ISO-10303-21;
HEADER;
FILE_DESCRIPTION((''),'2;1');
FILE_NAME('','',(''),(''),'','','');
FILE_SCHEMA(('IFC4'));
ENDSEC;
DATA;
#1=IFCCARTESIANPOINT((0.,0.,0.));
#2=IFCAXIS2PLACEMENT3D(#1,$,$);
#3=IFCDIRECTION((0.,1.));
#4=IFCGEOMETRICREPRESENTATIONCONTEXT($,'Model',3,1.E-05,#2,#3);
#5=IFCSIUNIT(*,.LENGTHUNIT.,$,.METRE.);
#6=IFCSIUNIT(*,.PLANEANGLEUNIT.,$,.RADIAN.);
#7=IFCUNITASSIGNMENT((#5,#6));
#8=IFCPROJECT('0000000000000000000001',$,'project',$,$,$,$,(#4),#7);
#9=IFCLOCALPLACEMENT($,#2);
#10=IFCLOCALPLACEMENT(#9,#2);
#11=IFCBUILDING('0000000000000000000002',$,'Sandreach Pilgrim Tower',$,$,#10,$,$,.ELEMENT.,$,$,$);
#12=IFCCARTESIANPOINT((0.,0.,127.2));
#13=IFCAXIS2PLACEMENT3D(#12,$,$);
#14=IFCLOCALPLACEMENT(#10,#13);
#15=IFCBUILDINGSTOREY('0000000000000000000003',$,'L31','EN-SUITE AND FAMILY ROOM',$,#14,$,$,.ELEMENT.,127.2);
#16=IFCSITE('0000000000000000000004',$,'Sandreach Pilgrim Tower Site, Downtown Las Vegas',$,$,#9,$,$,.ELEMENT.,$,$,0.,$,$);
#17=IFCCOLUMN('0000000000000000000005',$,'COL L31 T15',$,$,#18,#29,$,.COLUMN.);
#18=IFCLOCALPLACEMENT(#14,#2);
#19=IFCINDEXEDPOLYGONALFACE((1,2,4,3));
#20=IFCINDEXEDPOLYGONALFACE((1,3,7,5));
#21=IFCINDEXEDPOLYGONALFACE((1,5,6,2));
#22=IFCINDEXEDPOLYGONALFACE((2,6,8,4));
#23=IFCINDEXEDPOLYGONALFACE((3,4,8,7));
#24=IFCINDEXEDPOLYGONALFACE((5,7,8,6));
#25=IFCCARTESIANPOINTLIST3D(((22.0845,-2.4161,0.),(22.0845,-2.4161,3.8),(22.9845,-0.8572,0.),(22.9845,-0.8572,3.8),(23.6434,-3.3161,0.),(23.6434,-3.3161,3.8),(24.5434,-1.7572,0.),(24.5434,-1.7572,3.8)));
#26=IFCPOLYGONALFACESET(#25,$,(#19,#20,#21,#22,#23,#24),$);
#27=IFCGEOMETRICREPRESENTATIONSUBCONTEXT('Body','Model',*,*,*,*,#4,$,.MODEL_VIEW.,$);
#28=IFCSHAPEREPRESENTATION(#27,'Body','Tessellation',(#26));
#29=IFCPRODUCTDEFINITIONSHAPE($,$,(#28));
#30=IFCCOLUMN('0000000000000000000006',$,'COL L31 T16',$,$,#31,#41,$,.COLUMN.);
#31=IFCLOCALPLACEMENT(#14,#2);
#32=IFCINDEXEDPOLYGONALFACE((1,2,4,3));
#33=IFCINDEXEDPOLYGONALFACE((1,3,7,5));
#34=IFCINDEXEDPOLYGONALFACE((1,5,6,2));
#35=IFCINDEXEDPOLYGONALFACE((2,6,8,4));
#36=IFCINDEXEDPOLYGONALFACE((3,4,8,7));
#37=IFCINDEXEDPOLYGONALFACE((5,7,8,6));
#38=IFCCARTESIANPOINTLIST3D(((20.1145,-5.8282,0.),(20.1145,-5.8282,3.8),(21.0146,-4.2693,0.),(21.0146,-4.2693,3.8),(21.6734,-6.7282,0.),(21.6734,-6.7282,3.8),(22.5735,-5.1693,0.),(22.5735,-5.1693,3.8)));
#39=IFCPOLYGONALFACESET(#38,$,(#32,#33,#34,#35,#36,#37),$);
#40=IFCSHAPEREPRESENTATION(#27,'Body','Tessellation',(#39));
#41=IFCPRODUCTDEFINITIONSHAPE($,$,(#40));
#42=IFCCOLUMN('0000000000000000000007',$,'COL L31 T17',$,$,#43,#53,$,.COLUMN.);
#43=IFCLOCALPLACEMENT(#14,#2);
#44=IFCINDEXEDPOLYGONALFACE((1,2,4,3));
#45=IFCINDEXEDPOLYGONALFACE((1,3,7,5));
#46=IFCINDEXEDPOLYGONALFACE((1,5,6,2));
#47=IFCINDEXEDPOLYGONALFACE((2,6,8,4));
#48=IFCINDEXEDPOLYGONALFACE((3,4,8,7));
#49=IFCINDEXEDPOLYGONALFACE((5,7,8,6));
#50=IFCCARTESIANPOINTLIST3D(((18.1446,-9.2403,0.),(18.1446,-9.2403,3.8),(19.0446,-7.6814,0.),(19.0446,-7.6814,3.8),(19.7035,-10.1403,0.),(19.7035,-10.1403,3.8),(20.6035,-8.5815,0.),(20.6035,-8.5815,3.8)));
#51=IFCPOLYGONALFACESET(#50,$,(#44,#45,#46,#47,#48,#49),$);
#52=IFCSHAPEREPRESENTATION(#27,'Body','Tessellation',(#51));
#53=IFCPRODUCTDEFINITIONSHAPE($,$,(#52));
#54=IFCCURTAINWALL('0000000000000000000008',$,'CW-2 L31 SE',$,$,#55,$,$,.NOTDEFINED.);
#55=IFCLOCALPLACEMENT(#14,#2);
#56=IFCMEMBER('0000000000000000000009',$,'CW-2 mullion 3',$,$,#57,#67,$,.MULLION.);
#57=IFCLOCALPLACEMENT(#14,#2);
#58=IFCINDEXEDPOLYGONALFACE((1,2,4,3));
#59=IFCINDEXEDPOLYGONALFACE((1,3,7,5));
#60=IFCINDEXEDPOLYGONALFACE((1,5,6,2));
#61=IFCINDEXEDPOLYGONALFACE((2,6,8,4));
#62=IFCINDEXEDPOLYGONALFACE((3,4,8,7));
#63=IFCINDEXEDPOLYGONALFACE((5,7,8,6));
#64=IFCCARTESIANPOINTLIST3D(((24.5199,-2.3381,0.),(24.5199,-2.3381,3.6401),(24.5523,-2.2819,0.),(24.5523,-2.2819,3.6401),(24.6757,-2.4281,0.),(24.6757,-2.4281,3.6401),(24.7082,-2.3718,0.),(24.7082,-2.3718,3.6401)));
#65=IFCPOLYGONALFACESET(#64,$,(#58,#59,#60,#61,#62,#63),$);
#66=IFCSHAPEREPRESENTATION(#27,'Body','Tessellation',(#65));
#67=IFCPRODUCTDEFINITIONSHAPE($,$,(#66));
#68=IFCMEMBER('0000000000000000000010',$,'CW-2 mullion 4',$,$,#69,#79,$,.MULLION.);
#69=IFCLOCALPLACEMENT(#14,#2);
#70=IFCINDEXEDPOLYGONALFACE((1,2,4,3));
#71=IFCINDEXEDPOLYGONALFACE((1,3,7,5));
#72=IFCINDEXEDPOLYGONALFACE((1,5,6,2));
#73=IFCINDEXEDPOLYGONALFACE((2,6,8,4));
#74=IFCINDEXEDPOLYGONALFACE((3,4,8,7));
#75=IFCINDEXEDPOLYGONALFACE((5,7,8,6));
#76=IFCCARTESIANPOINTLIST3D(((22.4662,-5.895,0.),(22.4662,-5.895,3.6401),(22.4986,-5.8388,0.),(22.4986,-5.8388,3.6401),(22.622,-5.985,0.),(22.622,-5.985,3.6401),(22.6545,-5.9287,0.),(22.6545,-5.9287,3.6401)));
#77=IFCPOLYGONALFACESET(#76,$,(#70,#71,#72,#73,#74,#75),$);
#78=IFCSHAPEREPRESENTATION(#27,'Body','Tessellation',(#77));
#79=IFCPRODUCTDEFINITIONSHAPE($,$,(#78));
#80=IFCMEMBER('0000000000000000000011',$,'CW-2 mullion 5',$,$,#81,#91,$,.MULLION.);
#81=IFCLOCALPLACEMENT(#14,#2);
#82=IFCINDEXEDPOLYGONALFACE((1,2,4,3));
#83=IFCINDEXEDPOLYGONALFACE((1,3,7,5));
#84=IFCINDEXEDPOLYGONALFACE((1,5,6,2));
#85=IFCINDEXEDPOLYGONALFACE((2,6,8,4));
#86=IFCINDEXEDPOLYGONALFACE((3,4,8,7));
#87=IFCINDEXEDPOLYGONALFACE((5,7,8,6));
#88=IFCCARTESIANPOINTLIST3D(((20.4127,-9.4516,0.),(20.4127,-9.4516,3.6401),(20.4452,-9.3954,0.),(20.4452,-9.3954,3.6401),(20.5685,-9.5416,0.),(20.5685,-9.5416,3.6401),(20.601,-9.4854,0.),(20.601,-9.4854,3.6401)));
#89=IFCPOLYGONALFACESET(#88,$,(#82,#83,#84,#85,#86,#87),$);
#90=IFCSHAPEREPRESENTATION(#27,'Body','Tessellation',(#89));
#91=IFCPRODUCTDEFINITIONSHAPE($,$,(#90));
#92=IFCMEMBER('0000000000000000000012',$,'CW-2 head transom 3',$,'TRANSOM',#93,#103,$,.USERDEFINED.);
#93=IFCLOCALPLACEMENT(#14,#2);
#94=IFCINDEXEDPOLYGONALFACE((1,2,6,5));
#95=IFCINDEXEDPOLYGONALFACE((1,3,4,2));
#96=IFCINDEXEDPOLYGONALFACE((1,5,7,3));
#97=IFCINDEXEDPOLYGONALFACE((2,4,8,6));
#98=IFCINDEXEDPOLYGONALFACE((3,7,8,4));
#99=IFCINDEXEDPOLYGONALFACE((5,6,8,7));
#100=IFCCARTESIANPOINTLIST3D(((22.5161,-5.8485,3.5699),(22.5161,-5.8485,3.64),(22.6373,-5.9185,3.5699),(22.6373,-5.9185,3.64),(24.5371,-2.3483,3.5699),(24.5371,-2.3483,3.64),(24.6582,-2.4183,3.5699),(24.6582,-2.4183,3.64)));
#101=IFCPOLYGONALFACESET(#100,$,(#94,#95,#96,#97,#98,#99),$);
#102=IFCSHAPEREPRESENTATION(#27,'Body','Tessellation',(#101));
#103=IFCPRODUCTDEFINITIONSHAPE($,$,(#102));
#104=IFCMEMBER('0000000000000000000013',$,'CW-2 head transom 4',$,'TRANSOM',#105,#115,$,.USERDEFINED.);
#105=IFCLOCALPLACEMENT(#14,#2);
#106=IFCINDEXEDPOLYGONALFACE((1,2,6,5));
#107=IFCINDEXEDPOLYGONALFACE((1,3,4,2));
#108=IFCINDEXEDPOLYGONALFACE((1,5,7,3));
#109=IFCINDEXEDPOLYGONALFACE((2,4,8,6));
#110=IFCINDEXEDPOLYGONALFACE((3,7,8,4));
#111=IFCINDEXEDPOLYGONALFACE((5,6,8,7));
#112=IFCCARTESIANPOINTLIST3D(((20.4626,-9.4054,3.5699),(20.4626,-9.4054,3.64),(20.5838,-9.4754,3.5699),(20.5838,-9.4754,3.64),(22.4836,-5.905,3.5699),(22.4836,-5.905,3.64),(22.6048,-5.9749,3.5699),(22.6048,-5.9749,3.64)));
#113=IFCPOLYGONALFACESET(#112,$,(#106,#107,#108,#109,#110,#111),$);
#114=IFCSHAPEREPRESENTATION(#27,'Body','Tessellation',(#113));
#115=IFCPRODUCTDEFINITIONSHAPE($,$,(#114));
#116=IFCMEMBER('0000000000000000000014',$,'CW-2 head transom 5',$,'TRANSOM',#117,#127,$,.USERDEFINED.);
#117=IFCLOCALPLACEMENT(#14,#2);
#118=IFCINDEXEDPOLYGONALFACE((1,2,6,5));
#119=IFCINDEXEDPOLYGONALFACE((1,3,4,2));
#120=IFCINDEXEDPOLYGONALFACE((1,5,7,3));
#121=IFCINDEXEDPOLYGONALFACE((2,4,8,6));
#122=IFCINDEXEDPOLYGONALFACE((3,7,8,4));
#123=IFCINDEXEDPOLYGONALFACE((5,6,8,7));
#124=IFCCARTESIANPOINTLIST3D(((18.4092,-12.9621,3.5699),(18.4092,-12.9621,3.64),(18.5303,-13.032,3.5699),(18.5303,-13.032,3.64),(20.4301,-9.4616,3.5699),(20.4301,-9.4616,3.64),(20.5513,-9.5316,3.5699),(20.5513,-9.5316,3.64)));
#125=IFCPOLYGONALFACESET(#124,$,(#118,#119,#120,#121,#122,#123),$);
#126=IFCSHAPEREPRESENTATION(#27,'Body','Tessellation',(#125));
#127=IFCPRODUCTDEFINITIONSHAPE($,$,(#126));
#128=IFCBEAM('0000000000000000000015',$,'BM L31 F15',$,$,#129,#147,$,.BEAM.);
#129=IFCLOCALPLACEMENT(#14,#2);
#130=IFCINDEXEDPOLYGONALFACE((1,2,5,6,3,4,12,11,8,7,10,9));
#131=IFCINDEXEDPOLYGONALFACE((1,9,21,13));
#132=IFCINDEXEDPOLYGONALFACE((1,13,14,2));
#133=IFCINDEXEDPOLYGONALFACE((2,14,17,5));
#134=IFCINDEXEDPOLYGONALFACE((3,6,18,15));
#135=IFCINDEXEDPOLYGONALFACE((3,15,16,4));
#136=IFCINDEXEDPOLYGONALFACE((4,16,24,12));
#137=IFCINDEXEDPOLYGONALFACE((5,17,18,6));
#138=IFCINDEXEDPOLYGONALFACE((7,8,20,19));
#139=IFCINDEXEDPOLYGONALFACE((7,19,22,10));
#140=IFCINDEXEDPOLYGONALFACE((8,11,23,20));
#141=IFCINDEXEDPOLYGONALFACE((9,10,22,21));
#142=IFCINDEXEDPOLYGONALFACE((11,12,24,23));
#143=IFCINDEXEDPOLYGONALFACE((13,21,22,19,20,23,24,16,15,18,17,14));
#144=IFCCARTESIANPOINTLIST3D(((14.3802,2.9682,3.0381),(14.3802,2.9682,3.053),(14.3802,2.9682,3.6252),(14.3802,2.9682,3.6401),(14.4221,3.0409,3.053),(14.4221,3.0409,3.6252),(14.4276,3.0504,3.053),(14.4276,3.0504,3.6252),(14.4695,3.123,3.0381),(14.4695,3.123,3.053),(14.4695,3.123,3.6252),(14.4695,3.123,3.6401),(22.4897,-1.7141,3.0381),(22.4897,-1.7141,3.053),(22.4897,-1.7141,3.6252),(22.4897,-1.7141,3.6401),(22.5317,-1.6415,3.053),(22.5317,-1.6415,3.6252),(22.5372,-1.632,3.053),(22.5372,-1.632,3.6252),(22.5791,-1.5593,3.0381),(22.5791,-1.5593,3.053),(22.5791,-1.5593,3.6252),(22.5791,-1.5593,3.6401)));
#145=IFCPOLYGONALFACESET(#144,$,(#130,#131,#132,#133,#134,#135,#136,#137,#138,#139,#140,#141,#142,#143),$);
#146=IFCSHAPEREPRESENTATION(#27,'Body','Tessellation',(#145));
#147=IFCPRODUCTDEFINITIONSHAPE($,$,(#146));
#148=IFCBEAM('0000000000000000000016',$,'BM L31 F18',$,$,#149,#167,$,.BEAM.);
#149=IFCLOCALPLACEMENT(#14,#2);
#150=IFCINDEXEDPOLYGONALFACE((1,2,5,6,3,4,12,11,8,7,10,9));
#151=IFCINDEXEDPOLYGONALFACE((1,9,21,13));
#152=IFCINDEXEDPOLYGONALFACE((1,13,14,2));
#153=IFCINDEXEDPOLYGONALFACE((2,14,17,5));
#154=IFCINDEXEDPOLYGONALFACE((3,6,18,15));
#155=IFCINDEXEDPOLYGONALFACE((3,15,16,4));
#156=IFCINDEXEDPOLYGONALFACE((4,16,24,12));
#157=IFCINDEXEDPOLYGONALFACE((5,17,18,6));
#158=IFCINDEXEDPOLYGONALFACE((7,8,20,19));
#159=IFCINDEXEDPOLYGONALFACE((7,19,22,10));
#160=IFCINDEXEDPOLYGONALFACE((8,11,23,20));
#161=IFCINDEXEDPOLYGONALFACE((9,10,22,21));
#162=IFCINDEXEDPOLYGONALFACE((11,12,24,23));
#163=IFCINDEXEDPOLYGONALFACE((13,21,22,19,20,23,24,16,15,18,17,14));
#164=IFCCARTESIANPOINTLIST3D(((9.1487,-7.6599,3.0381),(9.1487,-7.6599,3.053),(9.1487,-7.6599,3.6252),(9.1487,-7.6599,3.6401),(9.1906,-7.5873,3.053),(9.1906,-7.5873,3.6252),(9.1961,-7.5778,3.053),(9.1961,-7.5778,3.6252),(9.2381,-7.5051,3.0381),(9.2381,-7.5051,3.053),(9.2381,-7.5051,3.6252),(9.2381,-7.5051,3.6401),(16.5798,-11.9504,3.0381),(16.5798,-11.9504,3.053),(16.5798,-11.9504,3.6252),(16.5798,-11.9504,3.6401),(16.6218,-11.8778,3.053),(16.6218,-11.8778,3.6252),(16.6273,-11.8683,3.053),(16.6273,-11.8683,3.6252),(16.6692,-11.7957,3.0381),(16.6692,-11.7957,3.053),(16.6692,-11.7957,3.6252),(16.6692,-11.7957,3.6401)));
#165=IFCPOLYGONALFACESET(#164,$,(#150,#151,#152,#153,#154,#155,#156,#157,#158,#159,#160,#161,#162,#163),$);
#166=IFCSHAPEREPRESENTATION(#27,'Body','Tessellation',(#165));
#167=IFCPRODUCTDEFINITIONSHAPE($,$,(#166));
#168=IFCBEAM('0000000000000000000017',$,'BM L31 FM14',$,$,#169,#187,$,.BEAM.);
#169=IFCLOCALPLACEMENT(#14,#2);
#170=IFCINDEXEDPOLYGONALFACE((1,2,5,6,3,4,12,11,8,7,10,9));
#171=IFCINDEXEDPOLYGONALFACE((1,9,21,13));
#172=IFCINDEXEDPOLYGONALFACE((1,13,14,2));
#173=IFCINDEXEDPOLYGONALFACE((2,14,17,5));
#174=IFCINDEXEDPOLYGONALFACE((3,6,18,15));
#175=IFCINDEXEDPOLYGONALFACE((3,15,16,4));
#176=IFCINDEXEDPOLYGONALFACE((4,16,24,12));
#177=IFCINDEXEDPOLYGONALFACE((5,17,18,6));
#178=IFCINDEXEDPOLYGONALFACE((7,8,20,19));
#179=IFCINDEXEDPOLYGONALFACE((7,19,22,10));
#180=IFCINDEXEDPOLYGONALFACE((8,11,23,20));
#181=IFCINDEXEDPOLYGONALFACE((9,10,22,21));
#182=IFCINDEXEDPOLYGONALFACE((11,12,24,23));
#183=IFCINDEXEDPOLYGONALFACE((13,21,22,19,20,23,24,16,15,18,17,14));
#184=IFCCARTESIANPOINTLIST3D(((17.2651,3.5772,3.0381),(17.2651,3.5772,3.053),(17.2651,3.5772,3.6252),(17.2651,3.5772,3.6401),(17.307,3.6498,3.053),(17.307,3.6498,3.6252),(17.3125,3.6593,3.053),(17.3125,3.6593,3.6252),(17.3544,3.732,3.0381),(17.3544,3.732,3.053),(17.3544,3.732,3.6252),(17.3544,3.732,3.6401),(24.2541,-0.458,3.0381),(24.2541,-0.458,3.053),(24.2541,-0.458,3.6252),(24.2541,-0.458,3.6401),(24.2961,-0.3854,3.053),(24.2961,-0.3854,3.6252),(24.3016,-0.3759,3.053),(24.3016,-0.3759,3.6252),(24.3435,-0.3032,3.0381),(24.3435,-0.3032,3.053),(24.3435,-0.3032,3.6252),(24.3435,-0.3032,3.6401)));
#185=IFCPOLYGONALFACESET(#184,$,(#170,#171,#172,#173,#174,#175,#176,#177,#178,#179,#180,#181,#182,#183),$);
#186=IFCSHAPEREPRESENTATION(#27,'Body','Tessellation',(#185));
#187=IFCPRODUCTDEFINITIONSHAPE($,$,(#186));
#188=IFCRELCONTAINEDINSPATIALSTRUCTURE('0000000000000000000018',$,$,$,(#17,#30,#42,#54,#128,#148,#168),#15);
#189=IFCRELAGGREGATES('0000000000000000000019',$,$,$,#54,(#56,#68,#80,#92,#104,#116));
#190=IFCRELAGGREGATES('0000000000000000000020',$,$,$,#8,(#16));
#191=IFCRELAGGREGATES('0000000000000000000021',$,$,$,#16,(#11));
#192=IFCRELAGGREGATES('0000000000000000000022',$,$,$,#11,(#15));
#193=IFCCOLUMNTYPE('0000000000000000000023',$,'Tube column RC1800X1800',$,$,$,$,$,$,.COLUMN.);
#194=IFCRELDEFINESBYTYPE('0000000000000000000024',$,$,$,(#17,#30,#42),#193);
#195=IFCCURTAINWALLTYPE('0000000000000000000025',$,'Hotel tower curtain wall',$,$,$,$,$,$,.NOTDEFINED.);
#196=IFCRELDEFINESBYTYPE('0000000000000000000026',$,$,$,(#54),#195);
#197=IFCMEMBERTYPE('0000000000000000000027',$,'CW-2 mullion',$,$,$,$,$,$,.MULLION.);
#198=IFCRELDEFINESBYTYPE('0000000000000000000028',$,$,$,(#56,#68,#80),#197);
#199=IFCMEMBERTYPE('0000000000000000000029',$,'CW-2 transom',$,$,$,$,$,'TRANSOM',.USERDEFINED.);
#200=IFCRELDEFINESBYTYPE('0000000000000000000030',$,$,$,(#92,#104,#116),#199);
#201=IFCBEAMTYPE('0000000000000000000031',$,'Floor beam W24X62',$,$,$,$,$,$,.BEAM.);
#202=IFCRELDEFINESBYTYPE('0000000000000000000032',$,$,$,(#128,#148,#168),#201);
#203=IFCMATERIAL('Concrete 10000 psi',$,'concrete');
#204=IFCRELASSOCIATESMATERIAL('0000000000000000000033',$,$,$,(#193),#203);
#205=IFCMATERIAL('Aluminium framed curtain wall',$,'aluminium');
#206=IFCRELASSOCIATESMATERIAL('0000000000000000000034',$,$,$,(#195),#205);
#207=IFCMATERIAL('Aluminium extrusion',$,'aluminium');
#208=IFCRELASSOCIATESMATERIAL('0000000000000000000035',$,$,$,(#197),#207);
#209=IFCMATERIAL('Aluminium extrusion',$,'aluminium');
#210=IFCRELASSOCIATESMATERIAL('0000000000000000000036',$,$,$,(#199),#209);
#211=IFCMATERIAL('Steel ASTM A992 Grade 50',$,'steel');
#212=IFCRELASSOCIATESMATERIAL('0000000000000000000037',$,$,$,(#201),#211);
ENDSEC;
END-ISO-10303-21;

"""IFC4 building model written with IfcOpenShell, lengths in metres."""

from ifc_helpers import new_model, si_unit, direction, frame, origin, origin_2d, place, context, subcontext, project, spatial, rectangle, i_section, extrude, material, material_profile, profile_set, type_object, element, aggregate, save


model = new_model("IFC4")

# Units and contexts
model_context = context("Model", 3, precision=1e-05, world=origin(), true_north=direction((0.0, 1.0)))
body_context = subcontext(model_context, "Body", "Model", "MODEL_VIEW")
ifc_project = project(units=[si_unit("LENGTHUNIT", "METRE"), si_unit("PLANEANGLEUNIT", "RADIAN")], contexts=[model_context])

# Site, building, storey
site_placement = place(None, origin())
site = spatial("IfcSite", under=ifc_project, at=site_placement, Name="Sandreach Pilgrim Tower Site, Downtown Las Vegas", CompositionType="ELEMENT", RefElevation=0.0)
building_placement = place(site_placement, origin())
building = spatial("IfcBuilding", under=site, at=building_placement, Name="Sandreach Pilgrim Tower", CompositionType="ELEMENT")
storey_placement = place(building_placement, frame((0.0, 0.0, 127.2)))
storey = spatial("IfcBuildingStorey", under=building, at=storey_placement, Name="L31", Description="EN-SUITE AND FAMILY ROOM", CompositionType="ELEMENT", Elevation=127.2)

# Columns
ifc_material_1 = material(Name="Concrete 10000 psi", Category="concrete")
ifc_material_profile_1 = material_profile(ifc_material_1, rectangle(XDim=1.8, YDim=1.8, at=origin_2d()), Name="RC1800X1800")
ifc_profile_set_1 = profile_set([ifc_material_profile_1], Name="Concrete 10000 psi")
column_type = type_object("IfcColumnType", Name="Tube column RC1800X1800", PredefinedType="COLUMN", material=ifc_profile_set_1)
for number, where, z_axis, x_axis, name in (
    (1, (23.314, -2.0867, 0.0), (0.0, 0.0, 1.0), (0.866025, -0.5, 0.0), "COL L31 T15"),
    (2, (21.344, -5.4988, 0.0), (0.0, 0.0, 1.0), (0.866025, -0.5, 0.0), "COL L31 T16"),
    (3, (19.374, -8.9109, 0.0), (0.0, 0.0, 1.0), (0.866025, -0.5, 0.0), "COL L31 T17"),
):
    element("IfcColumn", number, at=place(storey_placement, frame(where, z_axis=z_axis, x_axis=x_axis)), inside=storey, type_object=column_type, Name=name, PredefinedType="COLUMN", context=body_context, shape_type="SweptSolid", body=[
        extrude(rectangle(XDim=1.8, YDim=1.8, at=origin_2d()), origin(), (0.0, 0.0, 1.0), 3.8),
    ])

# Curtain wall, members
ifc_material_2 = material(Name="Aluminium framed curtain wall", Category="aluminium")
curtain_wall_type = type_object("IfcCurtainWallType", Name="Hotel tower curtain wall", PredefinedType="NOTDEFINED", material=ifc_material_2)
curtain_wall_placement = place(storey_placement, origin())
curtain_wall = element("IfcCurtainWall", 4, at=curtain_wall_placement, inside=storey, type_object=curtain_wall_type, Name="CW-2 L31 SE", PredefinedType="NOTDEFINED")
ifc_material_3 = material(Name="Aluminium extrusion", Category="aluminium")
ifc_material_profile_2 = material_profile(ifc_material_3, rectangle(XDim=0.0649, YDim=0.1799, at=origin_2d()), Name="CW-2M 65X180")
ifc_profile_set_2 = profile_set([ifc_material_profile_2], Name="Aluminium extrusion")
member_type_1 = type_object("IfcMemberType", Name="CW-2 mullion", PredefinedType="MULLION", material=ifc_profile_set_2)
member_1_placement = place(storey_placement, frame((24.614, -2.355, 0.0), z_axis=(0.0, 0.0, 1.0), x_axis=(-0.5, -0.866025, 0.0)))
member_1 = element("IfcMember", 5, at=member_1_placement, type_object=member_type_1, Name="CW-2 mullion 3", PredefinedType="MULLION", context=body_context, shape_type="SweptSolid", body=[
    extrude(rectangle(XDim=0.0649, YDim=0.1799, at=origin_2d()), origin(), (0.0, 0.0, 1.0), 3.6401),
])
member_2_placement = place(storey_placement, frame((22.5603, -5.9119, 0.0), z_axis=(0.0, 0.0, 1.0), x_axis=(-0.5, -0.866025, 0.0)))
member_2 = element("IfcMember", 6, at=member_2_placement, type_object=member_type_1, Name="CW-2 mullion 4", PredefinedType="MULLION", context=body_context, shape_type="SweptSolid", body=[
    extrude(rectangle(XDim=0.0649, YDim=0.1799, at=origin_2d()), origin(), (0.0, 0.0, 1.0), 3.6401),
])
member_3_placement = place(storey_placement, frame((20.5068, -9.4685, 0.0), z_axis=(0.0, 0.0, 1.0), x_axis=(-0.5, -0.866025, 0.0)))
member_3 = element("IfcMember", 7, at=member_3_placement, type_object=member_type_1, Name="CW-2 mullion 5", PredefinedType="MULLION", context=body_context, shape_type="SweptSolid", body=[
    extrude(rectangle(XDim=0.0649, YDim=0.1799, at=origin_2d()), origin(), (0.0, 0.0, 1.0), 3.6401),
])
ifc_material_4 = material(Name="Aluminium extrusion", Category="aluminium")
ifc_material_profile_3 = material_profile(ifc_material_4, rectangle(XDim=0.1399, YDim=0.0701, at=origin_2d()), Name="CW-2T 140X70")
ifc_profile_set_3 = profile_set([ifc_material_profile_3], Name="Aluminium extrusion")
member_type_2 = type_object("IfcMemberType", Name="CW-2 transom", ElementType="TRANSOM", PredefinedType="USERDEFINED", material=ifc_profile_set_3)
member_4_placement = place(storey_placement, frame((24.5977, -2.3833, 3.605), z_axis=(-0.500024, -0.866012, 0.0), x_axis=(0.866012, -0.500024, 0.0)))
member_4 = element("IfcMember", 8, at=member_4_placement, type_object=member_type_2, Name="CW-2 head transom 3", ObjectType="TRANSOM", PredefinedType="USERDEFINED", context=body_context, shape_type="SweptSolid", body=[
    extrude(rectangle(XDim=0.1399, YDim=0.0701, at=origin_2d()), origin(), (0.0, 0.0, 1.0), 4.0417),
])
member_5_placement = place(storey_placement, frame((22.5442, -5.9399, 3.605), z_axis=(-0.499998, -0.866027, 0.0), x_axis=(0.866027, -0.499998, 0.0)))
member_5 = element("IfcMember", 9, at=member_5_placement, type_object=member_type_2, Name="CW-2 head transom 4", ObjectType="TRANSOM", PredefinedType="USERDEFINED", context=body_context, shape_type="SweptSolid", body=[
    extrude(rectangle(XDim=0.1399, YDim=0.0701, at=origin_2d()), origin(), (0.0, 0.0, 1.0), 4.042),
])
member_6_placement = place(storey_placement, frame((20.4907, -9.4966, 3.605), z_axis=(-0.499998, -0.866027, 0.0), x_axis=(0.866027, -0.499998, 0.0)))
member_6 = element("IfcMember", 10, at=member_6_placement, type_object=member_type_2, Name="CW-2 head transom 5", ObjectType="TRANSOM", PredefinedType="USERDEFINED", context=body_context, shape_type="SweptSolid", body=[
    extrude(rectangle(XDim=0.1399, YDim=0.0701, at=origin_2d()), origin(), (0.0, 0.0, 1.0), 4.042),
])

# Beams
ifc_material_5 = material(Name="Steel ASTM A992 Grade 50", Category="steel")
ifc_material_profile_4 = material_profile(ifc_material_5, i_section(OverallWidth=0.1787, OverallDepth=0.6021, WebThickness=0.011, FlangeThickness=0.0149, at=origin_2d()), Name="W24X62")
ifc_profile_set_4 = profile_set([ifc_material_profile_4], Name="Steel ASTM A992 Grade 50")
beam_type_1 = type_object("IfcBeamType", Name="Floor beam W24X62", PredefinedType="BEAM", material=ifc_profile_set_4)
beam_1_placement = place(storey_placement, frame((22.5344, -1.6367, 3.3391), z_axis=(-0.866012, 0.500023, 0.0), x_axis=(-0.500023, -0.866012, 0.0)))
element("IfcBeam", 11, at=beam_1_placement, inside=storey, type_object=beam_type_1, Name="BM L31 F15", PredefinedType="BEAM", context=body_context, shape_type="SweptSolid", body=[
    extrude(i_section(OverallWidth=0.1787, OverallDepth=0.6021, WebThickness=0.011, FlangeThickness=0.0149, at=origin_2d()), origin(), (0.0, 0.0, 1.0), 9.3643),
])
beam_2_placement = place(storey_placement, frame((16.6245, -11.873, 3.3391), z_axis=(-0.866018, 0.500013, 0.0), x_axis=(-0.500013, -0.866018, 0.0)))
element("IfcBeam", 12, at=beam_2_placement, inside=storey, type_object=beam_type_1, Name="BM L31 F18", PredefinedType="BEAM", context=body_context, shape_type="SweptSolid", body=[
    extrude(i_section(OverallWidth=0.1787, OverallDepth=0.6021, WebThickness=0.011, FlangeThickness=0.0149, at=origin_2d()), origin(), (0.0, 0.0, 1.0), 8.5808),
])
beam_3_placement = place(storey_placement, frame((24.2988, -0.3806, 3.3391), z_axis=(-0.866023, 0.500004, 0.0), x_axis=(-0.500004, -0.866023, 0.0)))
element("IfcBeam", 13, at=beam_3_placement, inside=storey, type_object=beam_type_1, Name="BM L31 FM14", PredefinedType="BEAM", context=body_context, shape_type="SweptSolid", body=[
    extrude(i_section(OverallWidth=0.1787, OverallDepth=0.6021, WebThickness=0.011, FlangeThickness=0.0149, at=origin_2d()), origin(), (0.0, 0.0, 1.0), 8.0703),
])

aggregate(curtain_wall, [member_1, member_2, member_3, member_4, member_5, member_6])

save(model, "model.ifc")
